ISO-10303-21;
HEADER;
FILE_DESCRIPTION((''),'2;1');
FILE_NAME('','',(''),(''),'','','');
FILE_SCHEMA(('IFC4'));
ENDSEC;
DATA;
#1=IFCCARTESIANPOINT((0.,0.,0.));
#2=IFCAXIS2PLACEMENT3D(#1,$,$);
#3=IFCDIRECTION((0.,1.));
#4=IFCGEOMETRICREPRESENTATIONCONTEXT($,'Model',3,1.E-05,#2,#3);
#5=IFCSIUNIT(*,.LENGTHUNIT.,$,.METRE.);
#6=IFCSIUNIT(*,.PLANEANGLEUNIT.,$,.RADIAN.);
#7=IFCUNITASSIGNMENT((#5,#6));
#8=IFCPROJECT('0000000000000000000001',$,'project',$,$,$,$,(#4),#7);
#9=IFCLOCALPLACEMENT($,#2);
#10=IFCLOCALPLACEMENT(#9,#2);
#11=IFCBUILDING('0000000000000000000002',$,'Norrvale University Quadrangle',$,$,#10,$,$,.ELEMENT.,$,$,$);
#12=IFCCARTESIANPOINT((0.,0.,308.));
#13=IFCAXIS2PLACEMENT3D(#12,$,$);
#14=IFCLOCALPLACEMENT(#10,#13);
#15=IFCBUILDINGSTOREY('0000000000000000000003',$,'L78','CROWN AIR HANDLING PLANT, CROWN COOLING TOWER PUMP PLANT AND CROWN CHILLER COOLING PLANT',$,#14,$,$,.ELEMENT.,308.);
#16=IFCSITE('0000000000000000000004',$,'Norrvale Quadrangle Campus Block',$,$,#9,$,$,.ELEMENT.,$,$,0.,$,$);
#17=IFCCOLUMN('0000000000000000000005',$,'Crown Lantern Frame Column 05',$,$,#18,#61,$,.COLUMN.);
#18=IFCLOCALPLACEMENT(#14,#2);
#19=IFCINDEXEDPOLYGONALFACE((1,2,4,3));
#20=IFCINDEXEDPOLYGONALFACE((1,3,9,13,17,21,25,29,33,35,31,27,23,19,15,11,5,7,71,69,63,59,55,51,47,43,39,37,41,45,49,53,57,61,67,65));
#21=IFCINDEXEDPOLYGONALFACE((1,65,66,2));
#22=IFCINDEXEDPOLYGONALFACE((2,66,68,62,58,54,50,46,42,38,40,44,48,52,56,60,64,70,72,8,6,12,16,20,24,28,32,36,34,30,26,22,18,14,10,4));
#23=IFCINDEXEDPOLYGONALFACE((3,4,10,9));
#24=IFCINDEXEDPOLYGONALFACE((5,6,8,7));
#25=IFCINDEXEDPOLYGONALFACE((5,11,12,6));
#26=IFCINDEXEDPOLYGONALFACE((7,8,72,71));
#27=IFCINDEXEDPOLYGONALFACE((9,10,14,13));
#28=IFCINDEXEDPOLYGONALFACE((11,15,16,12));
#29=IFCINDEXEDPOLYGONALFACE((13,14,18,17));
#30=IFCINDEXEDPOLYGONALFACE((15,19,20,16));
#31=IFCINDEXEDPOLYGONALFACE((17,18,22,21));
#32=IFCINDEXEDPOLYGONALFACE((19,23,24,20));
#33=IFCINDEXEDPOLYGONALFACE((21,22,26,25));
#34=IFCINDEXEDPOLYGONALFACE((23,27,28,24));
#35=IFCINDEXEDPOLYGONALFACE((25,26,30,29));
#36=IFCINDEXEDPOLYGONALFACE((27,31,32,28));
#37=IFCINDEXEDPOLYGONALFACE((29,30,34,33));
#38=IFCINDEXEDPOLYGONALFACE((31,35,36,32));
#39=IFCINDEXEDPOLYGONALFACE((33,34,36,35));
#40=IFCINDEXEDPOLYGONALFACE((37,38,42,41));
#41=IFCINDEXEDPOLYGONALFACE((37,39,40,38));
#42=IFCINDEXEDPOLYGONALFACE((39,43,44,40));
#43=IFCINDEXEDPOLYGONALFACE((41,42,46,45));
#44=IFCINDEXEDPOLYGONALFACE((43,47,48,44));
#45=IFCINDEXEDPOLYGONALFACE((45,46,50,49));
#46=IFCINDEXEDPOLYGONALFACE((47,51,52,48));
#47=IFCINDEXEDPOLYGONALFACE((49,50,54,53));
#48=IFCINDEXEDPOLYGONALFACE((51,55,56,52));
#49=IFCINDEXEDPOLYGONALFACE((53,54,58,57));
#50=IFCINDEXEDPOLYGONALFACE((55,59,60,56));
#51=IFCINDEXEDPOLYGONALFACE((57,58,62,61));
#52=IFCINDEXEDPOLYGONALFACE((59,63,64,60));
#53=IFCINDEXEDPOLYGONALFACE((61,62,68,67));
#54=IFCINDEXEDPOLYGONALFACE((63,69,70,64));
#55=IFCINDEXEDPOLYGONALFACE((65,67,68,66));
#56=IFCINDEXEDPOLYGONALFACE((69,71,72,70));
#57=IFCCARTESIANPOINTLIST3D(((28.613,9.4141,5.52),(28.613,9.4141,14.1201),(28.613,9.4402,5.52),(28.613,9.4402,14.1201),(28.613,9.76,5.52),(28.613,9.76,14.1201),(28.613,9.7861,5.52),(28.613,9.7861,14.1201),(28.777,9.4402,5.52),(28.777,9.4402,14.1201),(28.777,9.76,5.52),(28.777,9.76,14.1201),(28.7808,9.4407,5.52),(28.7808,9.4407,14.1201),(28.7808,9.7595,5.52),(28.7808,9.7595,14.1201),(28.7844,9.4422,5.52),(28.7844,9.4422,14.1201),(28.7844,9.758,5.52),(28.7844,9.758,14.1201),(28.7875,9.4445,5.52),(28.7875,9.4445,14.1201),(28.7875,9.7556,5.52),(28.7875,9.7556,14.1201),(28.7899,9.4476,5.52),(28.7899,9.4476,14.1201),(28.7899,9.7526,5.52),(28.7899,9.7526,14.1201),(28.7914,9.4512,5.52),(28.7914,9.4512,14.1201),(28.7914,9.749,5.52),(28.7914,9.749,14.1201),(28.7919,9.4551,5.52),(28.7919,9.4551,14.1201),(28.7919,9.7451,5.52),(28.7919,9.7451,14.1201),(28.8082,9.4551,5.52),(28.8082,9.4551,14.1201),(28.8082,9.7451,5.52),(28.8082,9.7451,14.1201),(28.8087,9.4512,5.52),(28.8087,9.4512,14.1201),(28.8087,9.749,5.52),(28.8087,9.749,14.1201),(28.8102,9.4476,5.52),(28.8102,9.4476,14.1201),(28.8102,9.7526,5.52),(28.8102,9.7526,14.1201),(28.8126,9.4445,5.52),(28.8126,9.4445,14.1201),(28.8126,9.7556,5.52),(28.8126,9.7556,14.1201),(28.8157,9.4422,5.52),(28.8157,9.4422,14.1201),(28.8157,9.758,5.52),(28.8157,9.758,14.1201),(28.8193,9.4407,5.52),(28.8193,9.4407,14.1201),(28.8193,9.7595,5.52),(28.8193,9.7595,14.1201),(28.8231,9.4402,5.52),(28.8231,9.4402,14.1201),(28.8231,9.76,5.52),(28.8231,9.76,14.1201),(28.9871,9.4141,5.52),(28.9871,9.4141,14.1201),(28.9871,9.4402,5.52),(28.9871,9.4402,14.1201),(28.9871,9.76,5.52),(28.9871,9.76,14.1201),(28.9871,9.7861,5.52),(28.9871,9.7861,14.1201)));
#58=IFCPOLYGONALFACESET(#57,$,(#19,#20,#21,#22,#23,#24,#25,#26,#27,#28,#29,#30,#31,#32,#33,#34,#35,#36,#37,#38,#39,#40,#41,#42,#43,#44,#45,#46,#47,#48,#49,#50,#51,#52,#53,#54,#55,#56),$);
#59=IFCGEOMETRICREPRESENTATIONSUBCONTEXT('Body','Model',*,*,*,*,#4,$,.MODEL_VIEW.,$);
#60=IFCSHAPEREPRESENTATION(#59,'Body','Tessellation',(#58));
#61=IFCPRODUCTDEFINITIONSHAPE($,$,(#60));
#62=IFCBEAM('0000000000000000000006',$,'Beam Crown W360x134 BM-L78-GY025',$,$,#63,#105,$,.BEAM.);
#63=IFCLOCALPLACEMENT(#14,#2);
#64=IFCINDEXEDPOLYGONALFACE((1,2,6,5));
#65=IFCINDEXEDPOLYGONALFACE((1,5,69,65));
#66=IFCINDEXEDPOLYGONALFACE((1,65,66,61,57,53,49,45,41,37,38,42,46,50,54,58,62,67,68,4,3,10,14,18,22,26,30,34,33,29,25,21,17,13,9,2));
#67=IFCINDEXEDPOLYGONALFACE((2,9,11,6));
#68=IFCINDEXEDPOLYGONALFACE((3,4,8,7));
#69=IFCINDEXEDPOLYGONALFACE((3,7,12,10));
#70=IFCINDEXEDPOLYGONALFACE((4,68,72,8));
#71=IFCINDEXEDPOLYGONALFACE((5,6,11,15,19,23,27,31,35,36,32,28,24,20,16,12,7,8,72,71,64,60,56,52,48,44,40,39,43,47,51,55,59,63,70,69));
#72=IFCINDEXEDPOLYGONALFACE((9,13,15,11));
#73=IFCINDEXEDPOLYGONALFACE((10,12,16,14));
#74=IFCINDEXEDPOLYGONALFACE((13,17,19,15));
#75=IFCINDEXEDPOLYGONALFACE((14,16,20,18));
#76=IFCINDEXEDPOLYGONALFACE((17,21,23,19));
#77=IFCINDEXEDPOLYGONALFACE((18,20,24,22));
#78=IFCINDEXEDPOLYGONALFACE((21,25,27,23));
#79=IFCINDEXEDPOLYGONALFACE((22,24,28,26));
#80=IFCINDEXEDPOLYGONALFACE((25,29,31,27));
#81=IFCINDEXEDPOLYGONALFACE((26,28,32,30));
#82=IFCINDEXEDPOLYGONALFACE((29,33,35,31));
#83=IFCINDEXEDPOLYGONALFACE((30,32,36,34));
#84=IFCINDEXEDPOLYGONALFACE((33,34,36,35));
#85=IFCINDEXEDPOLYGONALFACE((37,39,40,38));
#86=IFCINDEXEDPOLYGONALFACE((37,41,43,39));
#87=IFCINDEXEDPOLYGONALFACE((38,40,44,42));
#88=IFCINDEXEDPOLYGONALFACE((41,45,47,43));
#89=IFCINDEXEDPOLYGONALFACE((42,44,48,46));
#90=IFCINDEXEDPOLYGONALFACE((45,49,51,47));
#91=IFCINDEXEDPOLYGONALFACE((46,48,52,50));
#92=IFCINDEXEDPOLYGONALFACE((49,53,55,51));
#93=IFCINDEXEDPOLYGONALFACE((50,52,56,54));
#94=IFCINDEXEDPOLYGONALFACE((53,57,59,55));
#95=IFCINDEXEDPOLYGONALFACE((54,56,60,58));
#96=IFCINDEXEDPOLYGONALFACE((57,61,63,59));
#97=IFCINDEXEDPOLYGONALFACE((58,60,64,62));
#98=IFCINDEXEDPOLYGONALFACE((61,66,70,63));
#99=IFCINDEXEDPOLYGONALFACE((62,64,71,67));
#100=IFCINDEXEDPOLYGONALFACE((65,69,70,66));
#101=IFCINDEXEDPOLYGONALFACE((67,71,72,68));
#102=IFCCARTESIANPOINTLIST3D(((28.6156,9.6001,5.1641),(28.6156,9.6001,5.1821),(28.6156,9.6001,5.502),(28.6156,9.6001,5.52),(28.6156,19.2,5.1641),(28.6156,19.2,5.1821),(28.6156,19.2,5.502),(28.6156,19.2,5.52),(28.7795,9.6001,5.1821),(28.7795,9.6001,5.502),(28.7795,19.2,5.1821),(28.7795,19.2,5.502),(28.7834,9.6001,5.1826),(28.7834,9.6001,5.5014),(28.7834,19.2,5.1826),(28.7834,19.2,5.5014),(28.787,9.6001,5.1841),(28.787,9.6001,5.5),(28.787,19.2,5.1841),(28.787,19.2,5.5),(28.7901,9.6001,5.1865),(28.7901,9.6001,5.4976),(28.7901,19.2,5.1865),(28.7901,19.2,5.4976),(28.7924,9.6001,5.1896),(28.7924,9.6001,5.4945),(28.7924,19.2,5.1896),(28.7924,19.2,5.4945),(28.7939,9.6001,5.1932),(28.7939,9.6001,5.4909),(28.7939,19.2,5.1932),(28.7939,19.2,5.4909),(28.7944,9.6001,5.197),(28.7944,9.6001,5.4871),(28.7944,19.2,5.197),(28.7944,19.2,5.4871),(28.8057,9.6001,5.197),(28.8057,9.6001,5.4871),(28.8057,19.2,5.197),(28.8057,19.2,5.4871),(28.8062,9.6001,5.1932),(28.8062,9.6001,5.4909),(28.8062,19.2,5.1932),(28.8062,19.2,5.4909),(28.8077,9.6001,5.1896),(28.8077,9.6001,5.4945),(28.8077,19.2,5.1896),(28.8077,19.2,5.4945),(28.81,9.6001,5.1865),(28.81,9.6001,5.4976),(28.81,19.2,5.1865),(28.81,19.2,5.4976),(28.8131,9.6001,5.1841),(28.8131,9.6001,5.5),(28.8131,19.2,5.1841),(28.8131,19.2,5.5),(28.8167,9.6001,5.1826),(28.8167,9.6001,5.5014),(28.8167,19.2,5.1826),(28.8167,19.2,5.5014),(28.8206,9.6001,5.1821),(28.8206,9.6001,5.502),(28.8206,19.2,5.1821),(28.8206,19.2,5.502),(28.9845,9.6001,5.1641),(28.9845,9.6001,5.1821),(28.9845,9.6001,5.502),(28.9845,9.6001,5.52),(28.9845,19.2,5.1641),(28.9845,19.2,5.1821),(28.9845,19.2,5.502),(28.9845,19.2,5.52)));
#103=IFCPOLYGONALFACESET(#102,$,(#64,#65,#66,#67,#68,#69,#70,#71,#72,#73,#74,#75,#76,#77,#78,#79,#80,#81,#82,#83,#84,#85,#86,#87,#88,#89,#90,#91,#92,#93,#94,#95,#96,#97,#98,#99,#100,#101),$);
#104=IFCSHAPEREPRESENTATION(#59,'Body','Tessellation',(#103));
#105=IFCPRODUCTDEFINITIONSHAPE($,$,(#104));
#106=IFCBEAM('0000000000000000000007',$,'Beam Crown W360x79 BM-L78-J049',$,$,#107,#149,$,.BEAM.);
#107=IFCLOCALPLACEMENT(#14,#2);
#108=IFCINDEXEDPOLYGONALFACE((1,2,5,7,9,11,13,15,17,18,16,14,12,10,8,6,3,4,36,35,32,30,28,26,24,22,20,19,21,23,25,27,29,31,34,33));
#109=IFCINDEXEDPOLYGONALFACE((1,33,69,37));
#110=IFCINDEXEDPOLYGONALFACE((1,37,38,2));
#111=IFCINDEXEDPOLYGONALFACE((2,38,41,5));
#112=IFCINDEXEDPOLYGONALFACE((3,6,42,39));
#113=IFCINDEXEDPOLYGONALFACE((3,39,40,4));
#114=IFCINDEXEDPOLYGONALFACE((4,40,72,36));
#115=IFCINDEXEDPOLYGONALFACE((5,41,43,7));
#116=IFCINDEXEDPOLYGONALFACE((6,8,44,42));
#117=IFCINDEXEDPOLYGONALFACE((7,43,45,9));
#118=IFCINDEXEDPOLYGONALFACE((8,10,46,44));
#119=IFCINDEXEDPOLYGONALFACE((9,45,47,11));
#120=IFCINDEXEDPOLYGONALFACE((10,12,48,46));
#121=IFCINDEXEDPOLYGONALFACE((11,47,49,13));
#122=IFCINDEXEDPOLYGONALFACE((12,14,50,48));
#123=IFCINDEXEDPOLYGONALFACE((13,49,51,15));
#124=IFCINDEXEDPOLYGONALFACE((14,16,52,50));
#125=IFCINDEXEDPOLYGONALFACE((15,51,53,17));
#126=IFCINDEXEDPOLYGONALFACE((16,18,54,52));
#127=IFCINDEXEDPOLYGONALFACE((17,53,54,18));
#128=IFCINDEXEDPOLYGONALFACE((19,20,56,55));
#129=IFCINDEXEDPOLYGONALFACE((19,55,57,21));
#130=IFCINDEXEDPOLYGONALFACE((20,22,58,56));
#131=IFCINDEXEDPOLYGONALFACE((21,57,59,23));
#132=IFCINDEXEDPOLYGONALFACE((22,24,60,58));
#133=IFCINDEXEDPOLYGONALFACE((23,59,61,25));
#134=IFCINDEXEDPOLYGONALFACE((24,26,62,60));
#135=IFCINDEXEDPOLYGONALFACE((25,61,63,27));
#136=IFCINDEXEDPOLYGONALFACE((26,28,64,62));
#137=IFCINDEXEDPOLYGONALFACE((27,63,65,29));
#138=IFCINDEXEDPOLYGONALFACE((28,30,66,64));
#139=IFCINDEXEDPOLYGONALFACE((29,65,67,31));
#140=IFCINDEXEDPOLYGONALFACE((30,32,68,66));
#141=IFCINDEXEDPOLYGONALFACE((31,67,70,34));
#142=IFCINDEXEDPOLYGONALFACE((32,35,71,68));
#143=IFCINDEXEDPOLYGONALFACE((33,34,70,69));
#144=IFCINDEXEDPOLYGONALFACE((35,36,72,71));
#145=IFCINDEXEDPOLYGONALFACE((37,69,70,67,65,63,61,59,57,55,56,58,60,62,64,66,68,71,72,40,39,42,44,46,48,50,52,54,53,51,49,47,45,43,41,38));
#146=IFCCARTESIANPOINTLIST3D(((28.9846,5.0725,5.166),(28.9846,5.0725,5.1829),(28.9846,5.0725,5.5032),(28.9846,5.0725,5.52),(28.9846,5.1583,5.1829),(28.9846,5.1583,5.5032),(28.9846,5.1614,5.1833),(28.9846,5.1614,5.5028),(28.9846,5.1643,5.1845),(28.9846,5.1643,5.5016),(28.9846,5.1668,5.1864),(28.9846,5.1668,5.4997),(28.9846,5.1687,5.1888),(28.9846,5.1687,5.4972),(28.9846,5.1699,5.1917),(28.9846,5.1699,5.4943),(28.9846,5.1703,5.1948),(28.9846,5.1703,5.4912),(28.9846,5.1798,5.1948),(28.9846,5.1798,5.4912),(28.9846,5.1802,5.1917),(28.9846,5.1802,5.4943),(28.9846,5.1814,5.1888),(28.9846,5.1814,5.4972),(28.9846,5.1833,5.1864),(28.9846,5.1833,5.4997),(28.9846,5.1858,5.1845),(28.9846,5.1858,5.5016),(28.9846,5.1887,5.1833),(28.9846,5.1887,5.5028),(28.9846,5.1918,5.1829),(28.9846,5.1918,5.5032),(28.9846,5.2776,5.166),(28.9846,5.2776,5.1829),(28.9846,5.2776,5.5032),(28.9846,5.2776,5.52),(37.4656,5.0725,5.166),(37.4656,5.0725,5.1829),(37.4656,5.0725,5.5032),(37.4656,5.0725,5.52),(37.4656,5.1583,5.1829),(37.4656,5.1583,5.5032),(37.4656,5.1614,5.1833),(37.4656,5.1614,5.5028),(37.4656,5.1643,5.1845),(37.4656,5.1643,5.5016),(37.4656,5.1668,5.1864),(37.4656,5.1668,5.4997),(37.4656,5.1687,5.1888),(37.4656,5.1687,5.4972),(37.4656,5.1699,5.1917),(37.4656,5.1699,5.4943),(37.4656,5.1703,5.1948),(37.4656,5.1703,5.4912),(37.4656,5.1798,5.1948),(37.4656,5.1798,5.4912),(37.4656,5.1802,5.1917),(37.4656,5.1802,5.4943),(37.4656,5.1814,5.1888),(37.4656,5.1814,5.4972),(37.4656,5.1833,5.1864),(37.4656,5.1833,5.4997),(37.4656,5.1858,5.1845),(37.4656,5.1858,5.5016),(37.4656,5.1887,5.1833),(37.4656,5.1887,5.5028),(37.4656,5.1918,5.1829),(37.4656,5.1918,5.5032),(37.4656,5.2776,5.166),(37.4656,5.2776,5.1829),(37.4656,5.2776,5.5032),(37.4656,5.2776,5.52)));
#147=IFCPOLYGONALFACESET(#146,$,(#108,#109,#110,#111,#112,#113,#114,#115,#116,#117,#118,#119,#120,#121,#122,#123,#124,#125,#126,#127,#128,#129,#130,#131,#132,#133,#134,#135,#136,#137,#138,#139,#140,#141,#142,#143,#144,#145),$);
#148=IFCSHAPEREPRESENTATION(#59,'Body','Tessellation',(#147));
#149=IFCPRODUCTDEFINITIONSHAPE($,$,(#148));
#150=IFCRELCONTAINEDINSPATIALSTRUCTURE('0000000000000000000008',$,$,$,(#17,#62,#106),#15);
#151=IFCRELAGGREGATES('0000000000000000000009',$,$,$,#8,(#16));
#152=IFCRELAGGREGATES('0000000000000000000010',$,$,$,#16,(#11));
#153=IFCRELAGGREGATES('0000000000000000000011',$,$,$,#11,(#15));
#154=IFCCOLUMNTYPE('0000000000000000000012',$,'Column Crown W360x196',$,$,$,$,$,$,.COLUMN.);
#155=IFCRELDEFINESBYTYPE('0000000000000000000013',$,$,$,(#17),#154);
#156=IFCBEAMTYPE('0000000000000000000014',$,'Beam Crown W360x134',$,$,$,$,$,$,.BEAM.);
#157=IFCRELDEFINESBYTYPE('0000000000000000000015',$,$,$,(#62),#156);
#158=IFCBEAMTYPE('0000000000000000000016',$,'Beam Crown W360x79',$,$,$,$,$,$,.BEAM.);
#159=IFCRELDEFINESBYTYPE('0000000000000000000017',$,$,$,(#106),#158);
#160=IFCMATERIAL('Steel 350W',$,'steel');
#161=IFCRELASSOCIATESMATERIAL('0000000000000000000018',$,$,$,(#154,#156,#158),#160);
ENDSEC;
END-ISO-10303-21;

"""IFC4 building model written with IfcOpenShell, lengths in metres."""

from ifc_helpers import new_model, si_unit, direction, frame, origin, origin_2d, place, context, subcontext, project, spatial, i_section, extrude, material, material_profile, profile_set, type_object, element, save


model = new_model("IFC4")

# Units and contexts
model_context = context("Model", 3, precision=1e-05, world=origin(), true_north=direction((0.0, 1.0)))
body_context = subcontext(model_context, "Body", "Model", "MODEL_VIEW")
ifc_project = project(units=[si_unit("LENGTHUNIT", "METRE"), si_unit("PLANEANGLEUNIT", "RADIAN")], contexts=[model_context])

# Site, building, storey
site_placement = place(None, origin())
site = spatial("IfcSite", under=ifc_project, at=site_placement, Name="Norrvale Quadrangle Campus Block", CompositionType="ELEMENT", RefElevation=0.0)
building_placement = place(site_placement, origin())
building = spatial("IfcBuilding", under=site, at=building_placement, Name="Norrvale University Quadrangle", CompositionType="ELEMENT")
storey_placement = place(building_placement, frame((0.0, 0.0, 308.0)))
storey = spatial("IfcBuildingStorey", under=building, at=storey_placement, Name="L78", Description="CROWN AIR HANDLING PLANT, CROWN COOLING TOWER PUMP PLANT AND CROWN CHILLER COOLING PLANT", CompositionType="ELEMENT", Elevation=308.0)

# Column
ifc_material_1 = material(Name="Steel 350W", Category="steel")
ifc_material_profile_1 = material_profile(ifc_material_1, i_section(OverallWidth=0.374, OverallDepth=0.3721, WebThickness=0.0164, FlangeThickness=0.0261, FilletRadius=0.0149, at=origin_2d()), Name="Steel 350W")
ifc_profile_set_1 = profile_set([ifc_material_profile_1], Name="Steel 350W")
column_type = type_object("IfcColumnType", Name="Column Crown W360x196", PredefinedType="COLUMN", material=ifc_profile_set_1)
column_placement = place(storey_placement, frame((28.8, 9.6001, 5.52), z_axis=(0.0, 0.0, 1.0), x_axis=(1.0, 0.0, 0.0)))
element("IfcColumn", 1, at=column_placement, inside=storey, type_object=column_type, Name="Crown Lantern Frame Column 05", PredefinedType="COLUMN", context=body_context, shape_type="SweptSolid", body=[
    extrude(i_section(OverallWidth=0.374, OverallDepth=0.3721, WebThickness=0.0164, FlangeThickness=0.0261, FilletRadius=0.0149, at=origin_2d()), origin(), (0.0, 0.0, 1.0), 8.6001),
])

# Beams
ifc_material_profile_2 = material_profile(ifc_material_1, i_section(OverallWidth=0.3689, OverallDepth=0.356, WebThickness=0.0112, FlangeThickness=0.0181, FilletRadius=0.0149, at=origin_2d()), Name="Steel 350W")
ifc_profile_set_2 = profile_set([ifc_material_profile_2], Name="Steel 350W")
beam_type_1 = type_object("IfcBeamType", Name="Beam Crown W360x134", PredefinedType="BEAM", material=ifc_profile_set_2)
beam_1_placement = place(storey_placement, frame((28.8, 9.6001, 5.342), z_axis=(0.0, 1.0, 0.0), x_axis=(-1.0, 0.0, 0.0)))
element("IfcBeam", 2, at=beam_1_placement, inside=storey, type_object=beam_type_1, Name="Beam Crown W360x134 BM-L78-GY025", PredefinedType="BEAM", context=body_context, shape_type="SweptSolid", body=[
    extrude(i_section(OverallWidth=0.3689, OverallDepth=0.356, WebThickness=0.0112, FlangeThickness=0.0181, FilletRadius=0.0149, at=origin_2d()), origin(), (0.0, 0.0, 1.0), 9.5999),
])
ifc_material_profile_3 = material_profile(ifc_material_1, i_section(OverallWidth=0.2051, OverallDepth=0.354, WebThickness=0.0095, FlangeThickness=0.0168, FilletRadius=0.012, at=origin_2d()), Name="Steel 350W")
ifc_profile_set_3 = profile_set([ifc_material_profile_3], Name="Steel 350W")
beam_type_2 = type_object("IfcBeamType", Name="Beam Crown W360x79", PredefinedType="BEAM", material=ifc_profile_set_3)
beam_2_placement = place(storey_placement, frame((28.9846, 5.175, 5.343), z_axis=(1.0, 0.0, 0.0), x_axis=(0.0, 1.0, 0.0)))
element("IfcBeam", 3, at=beam_2_placement, inside=storey, type_object=beam_type_2, Name="Beam Crown W360x79 BM-L78-J049", PredefinedType="BEAM", context=body_context, shape_type="SweptSolid", body=[
    extrude(i_section(OverallWidth=0.2051, OverallDepth=0.354, WebThickness=0.0095, FlangeThickness=0.0168, FilletRadius=0.012, at=origin_2d()), origin(), (0.0, 0.0, 1.0), 8.481),
])

save(model, "model.ifc")
